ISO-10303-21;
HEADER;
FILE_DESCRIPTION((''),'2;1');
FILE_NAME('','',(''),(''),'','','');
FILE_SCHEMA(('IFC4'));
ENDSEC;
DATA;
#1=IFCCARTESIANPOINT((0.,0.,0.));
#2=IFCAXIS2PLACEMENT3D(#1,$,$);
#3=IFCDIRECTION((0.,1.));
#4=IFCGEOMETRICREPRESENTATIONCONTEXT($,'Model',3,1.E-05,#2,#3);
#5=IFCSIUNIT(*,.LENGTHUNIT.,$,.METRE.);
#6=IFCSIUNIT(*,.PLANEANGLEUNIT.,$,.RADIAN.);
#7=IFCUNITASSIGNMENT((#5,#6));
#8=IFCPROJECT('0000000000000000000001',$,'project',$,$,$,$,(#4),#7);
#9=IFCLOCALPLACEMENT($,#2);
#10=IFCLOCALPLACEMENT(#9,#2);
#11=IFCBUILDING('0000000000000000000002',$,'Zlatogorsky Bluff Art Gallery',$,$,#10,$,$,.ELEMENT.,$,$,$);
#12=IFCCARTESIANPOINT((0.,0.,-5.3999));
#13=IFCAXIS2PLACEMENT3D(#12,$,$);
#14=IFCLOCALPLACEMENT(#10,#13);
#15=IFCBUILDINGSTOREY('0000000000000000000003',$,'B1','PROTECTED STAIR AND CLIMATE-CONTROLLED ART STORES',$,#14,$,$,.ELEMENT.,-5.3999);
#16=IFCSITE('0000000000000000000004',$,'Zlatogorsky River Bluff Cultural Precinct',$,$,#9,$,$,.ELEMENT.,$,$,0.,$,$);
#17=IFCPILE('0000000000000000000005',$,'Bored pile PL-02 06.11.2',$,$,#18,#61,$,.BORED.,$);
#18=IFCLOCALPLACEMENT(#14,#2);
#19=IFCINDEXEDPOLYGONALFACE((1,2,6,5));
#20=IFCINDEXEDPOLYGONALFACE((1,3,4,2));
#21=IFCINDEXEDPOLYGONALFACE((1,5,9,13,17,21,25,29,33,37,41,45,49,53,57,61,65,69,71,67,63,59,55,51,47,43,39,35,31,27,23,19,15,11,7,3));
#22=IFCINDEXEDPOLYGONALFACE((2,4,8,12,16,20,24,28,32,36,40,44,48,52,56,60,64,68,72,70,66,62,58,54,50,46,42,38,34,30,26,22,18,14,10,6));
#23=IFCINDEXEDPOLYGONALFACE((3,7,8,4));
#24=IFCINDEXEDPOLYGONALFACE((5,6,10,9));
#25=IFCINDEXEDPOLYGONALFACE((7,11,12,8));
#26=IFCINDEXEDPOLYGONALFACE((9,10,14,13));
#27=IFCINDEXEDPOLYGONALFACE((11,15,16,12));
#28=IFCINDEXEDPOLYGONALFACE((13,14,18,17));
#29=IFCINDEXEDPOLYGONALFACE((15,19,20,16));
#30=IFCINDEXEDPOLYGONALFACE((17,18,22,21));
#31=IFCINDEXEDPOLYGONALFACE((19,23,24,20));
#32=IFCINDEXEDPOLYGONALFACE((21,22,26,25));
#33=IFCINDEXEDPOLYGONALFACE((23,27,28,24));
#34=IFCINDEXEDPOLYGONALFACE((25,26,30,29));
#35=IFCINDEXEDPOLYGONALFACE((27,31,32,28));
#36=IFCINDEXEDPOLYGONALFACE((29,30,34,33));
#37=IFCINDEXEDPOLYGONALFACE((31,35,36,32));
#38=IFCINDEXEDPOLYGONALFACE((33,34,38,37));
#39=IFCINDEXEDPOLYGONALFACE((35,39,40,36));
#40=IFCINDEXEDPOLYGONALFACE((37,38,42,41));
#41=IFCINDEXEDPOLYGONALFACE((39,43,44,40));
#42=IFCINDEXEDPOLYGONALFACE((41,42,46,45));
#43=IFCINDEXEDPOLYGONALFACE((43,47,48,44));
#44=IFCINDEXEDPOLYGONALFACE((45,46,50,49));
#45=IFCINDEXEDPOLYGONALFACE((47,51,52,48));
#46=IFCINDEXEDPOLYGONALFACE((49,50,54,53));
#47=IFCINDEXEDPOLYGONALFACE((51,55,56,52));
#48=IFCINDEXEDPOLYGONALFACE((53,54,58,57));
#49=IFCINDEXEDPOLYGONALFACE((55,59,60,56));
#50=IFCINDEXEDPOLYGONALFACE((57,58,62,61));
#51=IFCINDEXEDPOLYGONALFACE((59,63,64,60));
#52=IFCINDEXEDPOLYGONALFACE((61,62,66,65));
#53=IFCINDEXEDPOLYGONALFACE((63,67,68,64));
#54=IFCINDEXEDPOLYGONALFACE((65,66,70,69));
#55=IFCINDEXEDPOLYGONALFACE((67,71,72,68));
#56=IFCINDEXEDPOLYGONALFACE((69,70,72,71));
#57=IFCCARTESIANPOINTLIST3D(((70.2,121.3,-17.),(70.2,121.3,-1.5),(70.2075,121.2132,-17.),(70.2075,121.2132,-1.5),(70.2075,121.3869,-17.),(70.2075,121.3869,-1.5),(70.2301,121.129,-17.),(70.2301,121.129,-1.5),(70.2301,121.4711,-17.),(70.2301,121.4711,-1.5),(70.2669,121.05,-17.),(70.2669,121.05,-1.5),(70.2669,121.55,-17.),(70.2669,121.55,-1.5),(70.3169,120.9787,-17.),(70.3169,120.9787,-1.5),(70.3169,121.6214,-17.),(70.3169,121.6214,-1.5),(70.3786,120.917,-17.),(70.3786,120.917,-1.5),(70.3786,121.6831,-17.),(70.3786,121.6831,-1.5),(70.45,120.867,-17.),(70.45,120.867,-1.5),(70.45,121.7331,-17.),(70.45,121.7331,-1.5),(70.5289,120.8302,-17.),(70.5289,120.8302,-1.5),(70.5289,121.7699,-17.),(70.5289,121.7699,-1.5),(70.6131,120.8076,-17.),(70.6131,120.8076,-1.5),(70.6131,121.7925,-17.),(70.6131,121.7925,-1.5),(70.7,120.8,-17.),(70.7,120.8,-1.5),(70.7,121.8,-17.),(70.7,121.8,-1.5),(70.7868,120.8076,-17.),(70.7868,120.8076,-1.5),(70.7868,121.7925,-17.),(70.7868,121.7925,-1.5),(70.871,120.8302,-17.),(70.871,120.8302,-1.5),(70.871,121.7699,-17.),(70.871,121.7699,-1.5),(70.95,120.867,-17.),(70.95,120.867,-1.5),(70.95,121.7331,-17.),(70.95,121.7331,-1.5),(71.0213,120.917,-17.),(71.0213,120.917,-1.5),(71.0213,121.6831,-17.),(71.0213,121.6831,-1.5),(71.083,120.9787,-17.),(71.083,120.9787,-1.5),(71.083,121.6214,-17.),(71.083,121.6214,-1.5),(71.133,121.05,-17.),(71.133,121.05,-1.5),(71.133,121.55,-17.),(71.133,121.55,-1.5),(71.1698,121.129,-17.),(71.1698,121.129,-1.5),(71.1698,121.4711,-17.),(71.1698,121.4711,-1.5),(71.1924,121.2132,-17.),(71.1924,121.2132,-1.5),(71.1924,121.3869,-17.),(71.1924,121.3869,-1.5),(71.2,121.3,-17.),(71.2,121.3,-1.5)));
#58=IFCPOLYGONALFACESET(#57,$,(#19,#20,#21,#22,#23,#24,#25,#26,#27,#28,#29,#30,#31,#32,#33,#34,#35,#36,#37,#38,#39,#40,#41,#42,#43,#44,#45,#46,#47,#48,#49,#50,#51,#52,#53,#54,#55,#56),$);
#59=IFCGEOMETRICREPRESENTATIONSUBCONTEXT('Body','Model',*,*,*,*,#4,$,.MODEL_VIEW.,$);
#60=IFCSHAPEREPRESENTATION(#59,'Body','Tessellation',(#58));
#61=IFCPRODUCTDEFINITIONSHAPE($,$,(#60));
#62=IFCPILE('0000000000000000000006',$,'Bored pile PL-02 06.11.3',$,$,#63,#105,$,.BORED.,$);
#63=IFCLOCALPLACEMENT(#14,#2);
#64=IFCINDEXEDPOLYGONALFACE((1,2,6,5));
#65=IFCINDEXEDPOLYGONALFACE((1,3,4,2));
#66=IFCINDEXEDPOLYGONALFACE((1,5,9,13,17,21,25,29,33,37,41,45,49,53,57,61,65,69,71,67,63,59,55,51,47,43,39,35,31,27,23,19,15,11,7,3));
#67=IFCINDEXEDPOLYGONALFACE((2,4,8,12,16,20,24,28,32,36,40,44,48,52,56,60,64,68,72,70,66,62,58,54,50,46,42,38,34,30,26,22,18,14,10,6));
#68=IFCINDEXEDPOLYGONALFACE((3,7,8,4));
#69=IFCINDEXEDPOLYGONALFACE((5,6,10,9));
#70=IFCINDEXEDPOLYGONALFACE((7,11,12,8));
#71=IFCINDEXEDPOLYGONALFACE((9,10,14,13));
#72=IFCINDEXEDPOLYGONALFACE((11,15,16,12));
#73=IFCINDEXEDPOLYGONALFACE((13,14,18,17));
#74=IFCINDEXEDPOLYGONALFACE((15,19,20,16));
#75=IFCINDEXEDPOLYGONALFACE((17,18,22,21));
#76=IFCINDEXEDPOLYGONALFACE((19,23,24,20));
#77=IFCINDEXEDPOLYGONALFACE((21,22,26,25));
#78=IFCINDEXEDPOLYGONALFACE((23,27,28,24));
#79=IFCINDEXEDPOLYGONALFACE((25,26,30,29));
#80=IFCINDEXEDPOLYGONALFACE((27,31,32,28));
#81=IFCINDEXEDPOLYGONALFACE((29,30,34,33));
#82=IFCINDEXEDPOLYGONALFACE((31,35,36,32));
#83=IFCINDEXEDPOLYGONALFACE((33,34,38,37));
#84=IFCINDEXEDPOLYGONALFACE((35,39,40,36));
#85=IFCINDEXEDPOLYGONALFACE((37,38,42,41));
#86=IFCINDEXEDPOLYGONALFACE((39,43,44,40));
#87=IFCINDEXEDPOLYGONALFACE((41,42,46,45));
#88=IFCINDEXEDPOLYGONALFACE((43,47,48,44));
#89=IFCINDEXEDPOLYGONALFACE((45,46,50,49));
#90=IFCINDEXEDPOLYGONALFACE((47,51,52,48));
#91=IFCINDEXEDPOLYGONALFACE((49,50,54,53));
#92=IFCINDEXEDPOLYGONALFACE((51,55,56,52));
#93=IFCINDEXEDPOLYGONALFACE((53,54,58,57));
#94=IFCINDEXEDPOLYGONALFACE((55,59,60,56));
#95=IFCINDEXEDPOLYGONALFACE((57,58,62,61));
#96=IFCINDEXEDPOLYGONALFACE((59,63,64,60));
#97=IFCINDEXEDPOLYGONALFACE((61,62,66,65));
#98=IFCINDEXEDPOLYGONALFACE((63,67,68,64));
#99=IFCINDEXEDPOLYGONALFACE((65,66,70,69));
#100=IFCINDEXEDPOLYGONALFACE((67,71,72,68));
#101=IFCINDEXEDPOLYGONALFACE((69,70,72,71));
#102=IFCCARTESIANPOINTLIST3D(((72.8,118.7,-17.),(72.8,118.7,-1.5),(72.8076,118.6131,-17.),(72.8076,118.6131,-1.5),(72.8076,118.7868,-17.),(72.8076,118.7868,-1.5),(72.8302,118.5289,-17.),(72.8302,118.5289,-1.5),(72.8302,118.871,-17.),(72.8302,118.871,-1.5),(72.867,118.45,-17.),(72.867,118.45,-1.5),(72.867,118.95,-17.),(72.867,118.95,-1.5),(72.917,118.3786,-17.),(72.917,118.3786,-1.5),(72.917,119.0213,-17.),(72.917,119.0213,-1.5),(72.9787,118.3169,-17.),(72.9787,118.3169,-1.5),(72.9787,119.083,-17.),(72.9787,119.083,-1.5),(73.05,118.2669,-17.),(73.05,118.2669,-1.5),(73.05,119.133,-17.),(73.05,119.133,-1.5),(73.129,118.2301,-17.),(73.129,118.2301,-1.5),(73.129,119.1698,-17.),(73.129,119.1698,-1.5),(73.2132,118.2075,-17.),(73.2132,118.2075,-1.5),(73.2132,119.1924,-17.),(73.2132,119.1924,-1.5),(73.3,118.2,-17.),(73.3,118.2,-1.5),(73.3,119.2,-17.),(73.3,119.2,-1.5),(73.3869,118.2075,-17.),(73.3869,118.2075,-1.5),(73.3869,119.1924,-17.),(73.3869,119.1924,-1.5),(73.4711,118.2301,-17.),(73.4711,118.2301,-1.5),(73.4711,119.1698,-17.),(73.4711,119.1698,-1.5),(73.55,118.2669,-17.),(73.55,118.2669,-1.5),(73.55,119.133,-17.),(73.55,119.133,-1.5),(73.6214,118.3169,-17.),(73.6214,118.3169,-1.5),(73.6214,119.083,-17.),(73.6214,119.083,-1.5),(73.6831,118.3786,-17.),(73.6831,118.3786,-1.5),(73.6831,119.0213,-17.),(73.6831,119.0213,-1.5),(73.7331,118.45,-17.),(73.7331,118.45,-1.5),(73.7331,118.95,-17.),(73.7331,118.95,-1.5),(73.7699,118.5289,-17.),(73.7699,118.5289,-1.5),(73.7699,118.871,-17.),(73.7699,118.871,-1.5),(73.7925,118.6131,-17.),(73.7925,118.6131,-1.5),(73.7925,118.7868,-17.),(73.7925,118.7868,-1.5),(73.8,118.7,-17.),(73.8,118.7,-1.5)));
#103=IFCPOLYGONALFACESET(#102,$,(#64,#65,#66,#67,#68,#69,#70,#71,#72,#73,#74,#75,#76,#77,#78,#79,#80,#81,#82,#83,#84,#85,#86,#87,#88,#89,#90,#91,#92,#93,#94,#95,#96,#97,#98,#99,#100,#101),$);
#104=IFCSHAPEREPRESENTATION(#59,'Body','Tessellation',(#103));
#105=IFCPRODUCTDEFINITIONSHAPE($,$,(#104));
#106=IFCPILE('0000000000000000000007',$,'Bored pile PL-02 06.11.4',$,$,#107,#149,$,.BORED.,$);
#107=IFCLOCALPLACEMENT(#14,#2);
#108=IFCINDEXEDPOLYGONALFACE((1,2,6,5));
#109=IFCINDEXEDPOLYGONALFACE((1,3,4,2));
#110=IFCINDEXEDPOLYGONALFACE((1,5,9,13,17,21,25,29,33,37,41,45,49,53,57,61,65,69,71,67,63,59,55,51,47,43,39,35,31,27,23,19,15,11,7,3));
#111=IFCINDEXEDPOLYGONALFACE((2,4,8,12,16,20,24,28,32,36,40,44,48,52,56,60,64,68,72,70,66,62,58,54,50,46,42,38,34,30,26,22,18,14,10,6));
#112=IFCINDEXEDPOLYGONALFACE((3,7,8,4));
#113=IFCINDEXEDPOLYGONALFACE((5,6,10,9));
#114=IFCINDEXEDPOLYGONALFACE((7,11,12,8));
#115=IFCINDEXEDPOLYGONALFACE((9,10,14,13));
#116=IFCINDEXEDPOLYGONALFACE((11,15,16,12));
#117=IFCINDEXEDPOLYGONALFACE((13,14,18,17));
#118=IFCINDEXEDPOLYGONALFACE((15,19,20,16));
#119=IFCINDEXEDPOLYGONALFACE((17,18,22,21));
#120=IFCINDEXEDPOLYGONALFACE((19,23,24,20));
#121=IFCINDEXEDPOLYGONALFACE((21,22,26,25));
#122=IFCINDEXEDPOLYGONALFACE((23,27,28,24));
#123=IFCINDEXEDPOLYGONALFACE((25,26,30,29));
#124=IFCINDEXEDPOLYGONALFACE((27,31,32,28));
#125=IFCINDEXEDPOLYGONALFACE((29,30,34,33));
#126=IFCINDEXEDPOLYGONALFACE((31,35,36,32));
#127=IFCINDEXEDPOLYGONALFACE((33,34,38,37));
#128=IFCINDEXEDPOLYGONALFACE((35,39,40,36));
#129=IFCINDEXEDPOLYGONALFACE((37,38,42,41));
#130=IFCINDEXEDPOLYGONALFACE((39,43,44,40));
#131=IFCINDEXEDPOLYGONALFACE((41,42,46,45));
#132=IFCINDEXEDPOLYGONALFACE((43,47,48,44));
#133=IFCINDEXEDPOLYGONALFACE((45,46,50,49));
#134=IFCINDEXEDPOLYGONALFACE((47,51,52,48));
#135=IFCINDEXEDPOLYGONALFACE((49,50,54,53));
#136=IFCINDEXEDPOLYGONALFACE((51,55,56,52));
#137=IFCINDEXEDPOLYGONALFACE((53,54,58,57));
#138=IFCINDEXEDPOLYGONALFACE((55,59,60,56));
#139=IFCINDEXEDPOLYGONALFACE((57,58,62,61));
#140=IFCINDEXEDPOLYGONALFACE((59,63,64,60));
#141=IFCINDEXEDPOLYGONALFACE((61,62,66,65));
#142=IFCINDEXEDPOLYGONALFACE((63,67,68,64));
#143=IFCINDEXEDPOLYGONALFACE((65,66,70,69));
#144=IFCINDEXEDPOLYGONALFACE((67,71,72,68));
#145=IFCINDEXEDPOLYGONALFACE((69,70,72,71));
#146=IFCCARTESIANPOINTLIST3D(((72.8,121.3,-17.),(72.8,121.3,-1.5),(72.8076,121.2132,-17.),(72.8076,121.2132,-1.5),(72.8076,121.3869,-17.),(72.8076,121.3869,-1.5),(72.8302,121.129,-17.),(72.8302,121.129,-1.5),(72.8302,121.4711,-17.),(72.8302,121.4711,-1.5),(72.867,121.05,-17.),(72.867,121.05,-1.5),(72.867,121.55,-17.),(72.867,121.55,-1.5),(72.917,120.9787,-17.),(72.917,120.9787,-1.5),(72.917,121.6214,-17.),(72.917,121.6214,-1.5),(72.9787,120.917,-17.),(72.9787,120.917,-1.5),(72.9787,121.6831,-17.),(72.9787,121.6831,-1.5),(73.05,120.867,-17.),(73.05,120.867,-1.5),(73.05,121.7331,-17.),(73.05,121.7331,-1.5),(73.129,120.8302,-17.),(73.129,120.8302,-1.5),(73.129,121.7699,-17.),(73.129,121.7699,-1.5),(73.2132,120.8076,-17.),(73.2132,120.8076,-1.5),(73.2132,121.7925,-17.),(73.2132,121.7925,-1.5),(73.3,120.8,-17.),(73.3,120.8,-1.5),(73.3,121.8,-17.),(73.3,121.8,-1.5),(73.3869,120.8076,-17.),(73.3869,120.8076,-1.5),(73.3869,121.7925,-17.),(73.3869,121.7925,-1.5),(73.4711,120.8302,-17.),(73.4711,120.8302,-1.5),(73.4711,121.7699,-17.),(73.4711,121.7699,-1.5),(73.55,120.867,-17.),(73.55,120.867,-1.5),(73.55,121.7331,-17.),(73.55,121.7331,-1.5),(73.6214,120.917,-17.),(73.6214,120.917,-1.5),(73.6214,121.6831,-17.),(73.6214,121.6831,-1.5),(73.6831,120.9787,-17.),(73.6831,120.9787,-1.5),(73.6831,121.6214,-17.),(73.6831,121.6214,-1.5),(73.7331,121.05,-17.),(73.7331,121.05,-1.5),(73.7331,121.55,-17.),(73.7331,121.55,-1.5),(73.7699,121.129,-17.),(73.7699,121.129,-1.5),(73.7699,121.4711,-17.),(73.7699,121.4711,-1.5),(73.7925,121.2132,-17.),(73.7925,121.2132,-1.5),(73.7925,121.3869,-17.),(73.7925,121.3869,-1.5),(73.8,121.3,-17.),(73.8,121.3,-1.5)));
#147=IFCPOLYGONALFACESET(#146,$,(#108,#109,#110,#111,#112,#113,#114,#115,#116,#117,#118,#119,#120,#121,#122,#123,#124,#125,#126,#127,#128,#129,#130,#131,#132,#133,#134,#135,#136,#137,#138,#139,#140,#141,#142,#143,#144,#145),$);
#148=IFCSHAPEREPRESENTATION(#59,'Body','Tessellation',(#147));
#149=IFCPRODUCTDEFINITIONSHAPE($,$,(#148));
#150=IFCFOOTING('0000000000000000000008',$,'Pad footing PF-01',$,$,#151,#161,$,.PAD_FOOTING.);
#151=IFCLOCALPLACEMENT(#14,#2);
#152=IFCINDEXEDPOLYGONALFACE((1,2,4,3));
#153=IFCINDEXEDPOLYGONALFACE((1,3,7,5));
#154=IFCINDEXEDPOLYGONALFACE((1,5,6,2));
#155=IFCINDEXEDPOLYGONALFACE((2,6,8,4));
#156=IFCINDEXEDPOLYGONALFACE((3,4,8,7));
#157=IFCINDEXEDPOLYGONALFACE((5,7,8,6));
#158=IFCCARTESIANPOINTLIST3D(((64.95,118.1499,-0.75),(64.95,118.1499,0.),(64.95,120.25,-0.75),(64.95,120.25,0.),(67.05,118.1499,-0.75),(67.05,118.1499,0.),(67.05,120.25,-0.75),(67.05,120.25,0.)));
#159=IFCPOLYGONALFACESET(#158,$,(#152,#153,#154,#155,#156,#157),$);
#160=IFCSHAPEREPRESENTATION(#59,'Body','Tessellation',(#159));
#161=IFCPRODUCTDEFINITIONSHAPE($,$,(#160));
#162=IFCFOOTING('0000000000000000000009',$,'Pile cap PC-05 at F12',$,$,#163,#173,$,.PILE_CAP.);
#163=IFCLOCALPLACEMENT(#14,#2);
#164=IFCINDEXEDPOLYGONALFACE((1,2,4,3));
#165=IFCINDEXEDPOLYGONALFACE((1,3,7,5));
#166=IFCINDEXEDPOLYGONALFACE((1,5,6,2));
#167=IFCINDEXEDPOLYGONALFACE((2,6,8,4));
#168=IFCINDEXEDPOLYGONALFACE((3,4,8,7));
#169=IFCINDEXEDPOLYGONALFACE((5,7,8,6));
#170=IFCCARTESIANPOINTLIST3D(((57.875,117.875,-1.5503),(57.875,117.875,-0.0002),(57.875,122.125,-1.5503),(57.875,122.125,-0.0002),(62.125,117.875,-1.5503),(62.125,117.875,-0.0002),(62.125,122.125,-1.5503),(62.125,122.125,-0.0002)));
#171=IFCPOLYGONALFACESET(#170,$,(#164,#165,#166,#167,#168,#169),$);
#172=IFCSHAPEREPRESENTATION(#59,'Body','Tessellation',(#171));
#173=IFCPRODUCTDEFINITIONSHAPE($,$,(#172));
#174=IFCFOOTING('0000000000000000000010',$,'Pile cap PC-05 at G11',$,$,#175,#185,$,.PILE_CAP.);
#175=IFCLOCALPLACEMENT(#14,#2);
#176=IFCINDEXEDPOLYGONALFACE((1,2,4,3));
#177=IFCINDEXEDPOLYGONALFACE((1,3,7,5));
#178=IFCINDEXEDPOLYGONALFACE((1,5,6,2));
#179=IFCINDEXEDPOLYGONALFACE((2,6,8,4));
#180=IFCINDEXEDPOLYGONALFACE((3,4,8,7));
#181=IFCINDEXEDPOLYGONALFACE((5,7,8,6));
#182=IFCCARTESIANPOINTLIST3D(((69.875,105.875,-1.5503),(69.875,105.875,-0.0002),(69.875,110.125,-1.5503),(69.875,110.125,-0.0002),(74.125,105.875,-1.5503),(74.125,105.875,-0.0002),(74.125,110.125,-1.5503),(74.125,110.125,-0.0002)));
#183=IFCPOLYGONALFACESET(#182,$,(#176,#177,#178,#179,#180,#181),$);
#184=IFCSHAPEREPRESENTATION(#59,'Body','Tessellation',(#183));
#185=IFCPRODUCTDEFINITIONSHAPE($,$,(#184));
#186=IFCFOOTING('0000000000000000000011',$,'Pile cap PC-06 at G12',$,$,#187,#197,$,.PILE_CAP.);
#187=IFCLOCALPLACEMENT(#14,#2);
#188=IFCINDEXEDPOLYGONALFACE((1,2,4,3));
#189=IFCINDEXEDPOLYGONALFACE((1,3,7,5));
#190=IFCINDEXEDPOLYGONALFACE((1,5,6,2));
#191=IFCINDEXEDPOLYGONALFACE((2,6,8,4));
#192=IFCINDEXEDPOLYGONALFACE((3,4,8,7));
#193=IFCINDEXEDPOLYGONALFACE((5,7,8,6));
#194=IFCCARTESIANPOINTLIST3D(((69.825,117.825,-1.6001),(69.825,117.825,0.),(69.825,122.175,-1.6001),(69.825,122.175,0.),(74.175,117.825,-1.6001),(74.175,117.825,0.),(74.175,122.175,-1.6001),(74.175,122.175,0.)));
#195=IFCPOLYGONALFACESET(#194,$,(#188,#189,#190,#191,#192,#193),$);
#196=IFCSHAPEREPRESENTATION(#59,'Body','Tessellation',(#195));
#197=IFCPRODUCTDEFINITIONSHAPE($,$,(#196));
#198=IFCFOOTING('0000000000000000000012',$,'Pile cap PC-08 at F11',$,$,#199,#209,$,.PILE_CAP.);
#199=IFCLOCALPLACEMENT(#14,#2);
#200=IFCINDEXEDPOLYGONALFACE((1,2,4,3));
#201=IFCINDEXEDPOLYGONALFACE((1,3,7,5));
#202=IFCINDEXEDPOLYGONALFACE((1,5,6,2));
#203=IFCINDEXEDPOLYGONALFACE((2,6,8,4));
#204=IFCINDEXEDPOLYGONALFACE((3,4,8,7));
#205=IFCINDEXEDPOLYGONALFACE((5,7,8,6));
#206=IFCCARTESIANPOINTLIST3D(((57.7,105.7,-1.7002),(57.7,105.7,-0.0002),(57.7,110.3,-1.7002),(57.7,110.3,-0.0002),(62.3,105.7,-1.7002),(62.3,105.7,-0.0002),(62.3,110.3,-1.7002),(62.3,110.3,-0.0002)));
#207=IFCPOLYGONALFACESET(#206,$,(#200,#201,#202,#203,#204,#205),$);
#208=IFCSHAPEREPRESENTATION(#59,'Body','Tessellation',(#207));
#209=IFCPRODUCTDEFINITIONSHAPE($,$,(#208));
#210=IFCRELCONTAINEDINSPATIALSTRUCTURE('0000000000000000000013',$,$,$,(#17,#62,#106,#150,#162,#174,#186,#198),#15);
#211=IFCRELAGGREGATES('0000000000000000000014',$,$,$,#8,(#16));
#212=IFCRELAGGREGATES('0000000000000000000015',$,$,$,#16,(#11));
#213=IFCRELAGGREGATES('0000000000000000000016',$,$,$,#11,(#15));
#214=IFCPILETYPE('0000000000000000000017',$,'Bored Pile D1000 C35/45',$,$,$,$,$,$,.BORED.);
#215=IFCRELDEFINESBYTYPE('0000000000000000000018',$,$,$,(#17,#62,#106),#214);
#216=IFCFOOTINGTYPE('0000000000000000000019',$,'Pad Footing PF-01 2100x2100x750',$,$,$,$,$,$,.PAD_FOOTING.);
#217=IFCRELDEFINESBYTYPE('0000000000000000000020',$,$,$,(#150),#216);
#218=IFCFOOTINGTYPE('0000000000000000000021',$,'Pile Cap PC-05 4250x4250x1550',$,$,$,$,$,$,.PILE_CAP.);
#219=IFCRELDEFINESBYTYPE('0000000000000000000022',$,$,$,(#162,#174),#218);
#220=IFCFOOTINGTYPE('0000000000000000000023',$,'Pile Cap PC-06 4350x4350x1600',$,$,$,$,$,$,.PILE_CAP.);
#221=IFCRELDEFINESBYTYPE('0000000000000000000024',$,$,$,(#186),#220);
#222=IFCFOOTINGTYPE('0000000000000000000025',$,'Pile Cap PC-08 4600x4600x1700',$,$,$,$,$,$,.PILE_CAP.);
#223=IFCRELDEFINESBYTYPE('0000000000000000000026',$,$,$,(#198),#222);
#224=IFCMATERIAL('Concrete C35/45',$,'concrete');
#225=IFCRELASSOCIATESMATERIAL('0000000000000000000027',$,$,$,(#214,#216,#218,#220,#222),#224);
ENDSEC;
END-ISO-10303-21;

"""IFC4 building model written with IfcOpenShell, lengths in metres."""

from ifc_helpers import new_model, si_unit, direction, frame, origin, origin_2d, place, context, subcontext, project, spatial, rectangle, circle, extrude, material, material_profile, profile_set, type_object, element, save


model = new_model("IFC4")

# Units and contexts
model_context = context("Model", 3, precision=1e-05, world=origin(), true_north=direction((0.0, 1.0)))
body_context = subcontext(model_context, "Body", "Model", "MODEL_VIEW")
ifc_project = project(units=[si_unit("LENGTHUNIT", "METRE"), si_unit("PLANEANGLEUNIT", "RADIAN")], contexts=[model_context])

# Site, building, storey
site_placement = place(None, origin())
site = spatial("IfcSite", under=ifc_project, at=site_placement, Name="Zlatogorsky River Bluff Cultural Precinct", CompositionType="ELEMENT", RefElevation=0.0)
building_placement = place(site_placement, origin())
building = spatial("IfcBuilding", under=site, at=building_placement, Name="Zlatogorsky Bluff Art Gallery", CompositionType="ELEMENT")
storey_placement = place(building_placement, frame((0.0, 0.0, -5.3999)))
storey = spatial("IfcBuildingStorey", under=building, at=storey_placement, Name="B1", Description="PROTECTED STAIR AND CLIMATE-CONTROLLED ART STORES", CompositionType="ELEMENT", Elevation=-5.3999)

# Piles
ifc_material_1 = material(Name="Concrete C35/45", Category="concrete")
ifc_material_profile_1 = material_profile(ifc_material_1, circle(Radius=0.5, at=origin_2d()), Name="BORED PILE D1000")
ifc_profile_set_1 = profile_set([ifc_material_profile_1], Name="Concrete C35/45")
pile_type = type_object("IfcPileType", Name="Bored Pile D1000 C35/45", PredefinedType="BORED", material=ifc_profile_set_1)
for number, where, z_axis, x_axis, name in (
    (1, (70.7, 121.3, -1.5), (0.0, 0.0, -1.0), (1.0, 0.0, 0.0), "Bored pile PL-02 06.11.2"),
    (2, (73.3, 118.7, -1.5), (0.0, 0.0, -1.0), (1.0, 0.0, 0.0), "Bored pile PL-02 06.11.3"),
    (3, (73.3, 121.3, -1.5), (0.0, 0.0, -1.0), (1.0, 0.0, 0.0), "Bored pile PL-02 06.11.4"),
):
    element("IfcPile", number, at=place(storey_placement, frame(where, z_axis=z_axis, x_axis=x_axis)), inside=storey, type_object=pile_type, Name=name, PredefinedType="BORED", context=body_context, shape_type="SweptSolid", body=[
        extrude(circle(Radius=0.5, at=origin_2d()), origin(), (0.0, 0.0, 1.0), 15.5),
    ])

# Footings
footing_type_1 = type_object("IfcFootingType", Name="Pad Footing PF-01 2100x2100x750", PredefinedType="PAD_FOOTING", material=ifc_material_1)
footing_1_placement = place(storey_placement, frame((66.0, 119.2, -0.75), z_axis=(0.0, 0.0, 1.0), x_axis=(1.0, 0.0, 0.0)))
element("IfcFooting", 4, at=footing_1_placement, inside=storey, type_object=footing_type_1, Name="Pad footing PF-01", PredefinedType="PAD_FOOTING", context=body_context, shape_type="SweptSolid", body=[
    extrude(rectangle(XDim=2.1001, YDim=2.1001, at=origin_2d()), origin(), (0.0, 0.0, 1.0), 0.75),
])
footing_type_2 = type_object("IfcFootingType", Name="Pile Cap PC-05 4250x4250x1550", PredefinedType="PILE_CAP", material=ifc_material_1)
for number, where, z_axis, x_axis, name in (
    (5, (60.0, 120.0, -1.5503), (0.0, 0.0, 1.0), (1.0, 0.0, 0.0), "Pile cap PC-05 at F12"),
    (6, (72.0, 108.0, -1.5503), (0.0, 0.0, 1.0), (1.0, 0.0, 0.0), "Pile cap PC-05 at G11"),
):
    element("IfcFooting", number, at=place(storey_placement, frame(where, z_axis=z_axis, x_axis=x_axis)), inside=storey, type_object=footing_type_2, Name=name, PredefinedType="PILE_CAP", context=body_context, shape_type="SweptSolid", body=[
        extrude(rectangle(XDim=4.25, YDim=4.25, at=origin_2d()), origin(), (0.0, 0.0, 1.0), 1.55),
    ])
footing_type_3 = type_object("IfcFootingType", Name="Pile Cap PC-06 4350x4350x1600", PredefinedType="PILE_CAP", material=ifc_material_1)
footing_2_placement = place(storey_placement, frame((72.0, 120.0, -1.6001), z_axis=(0.0, 0.0, 1.0), x_axis=(1.0, 0.0, 0.0)))
element("IfcFooting", 7, at=footing_2_placement, inside=storey, type_object=footing_type_3, Name="Pile cap PC-06 at G12", PredefinedType="PILE_CAP", context=body_context, shape_type="SweptSolid", body=[
    extrude(rectangle(XDim=4.3501, YDim=4.3501, at=origin_2d()), origin(), (0.0, 0.0, 1.0), 1.6001),
])
footing_type_4 = type_object("IfcFootingType", Name="Pile Cap PC-08 4600x4600x1700", PredefinedType="PILE_CAP", material=ifc_material_1)
footing_3_placement = place(storey_placement, frame((60.0, 108.0, -1.7002), z_axis=(0.0, 0.0, 1.0), x_axis=(1.0, 0.0, 0.0)))
element("IfcFooting", 8, at=footing_3_placement, inside=storey, type_object=footing_type_4, Name="Pile cap PC-08 at F11", PredefinedType="PILE_CAP", context=body_context, shape_type="SweptSolid", body=[
    extrude(rectangle(XDim=4.6001, YDim=4.6001, at=origin_2d()), origin(), (0.0, 0.0, 1.0), 1.7),
])

save(model, "model.ifc")
